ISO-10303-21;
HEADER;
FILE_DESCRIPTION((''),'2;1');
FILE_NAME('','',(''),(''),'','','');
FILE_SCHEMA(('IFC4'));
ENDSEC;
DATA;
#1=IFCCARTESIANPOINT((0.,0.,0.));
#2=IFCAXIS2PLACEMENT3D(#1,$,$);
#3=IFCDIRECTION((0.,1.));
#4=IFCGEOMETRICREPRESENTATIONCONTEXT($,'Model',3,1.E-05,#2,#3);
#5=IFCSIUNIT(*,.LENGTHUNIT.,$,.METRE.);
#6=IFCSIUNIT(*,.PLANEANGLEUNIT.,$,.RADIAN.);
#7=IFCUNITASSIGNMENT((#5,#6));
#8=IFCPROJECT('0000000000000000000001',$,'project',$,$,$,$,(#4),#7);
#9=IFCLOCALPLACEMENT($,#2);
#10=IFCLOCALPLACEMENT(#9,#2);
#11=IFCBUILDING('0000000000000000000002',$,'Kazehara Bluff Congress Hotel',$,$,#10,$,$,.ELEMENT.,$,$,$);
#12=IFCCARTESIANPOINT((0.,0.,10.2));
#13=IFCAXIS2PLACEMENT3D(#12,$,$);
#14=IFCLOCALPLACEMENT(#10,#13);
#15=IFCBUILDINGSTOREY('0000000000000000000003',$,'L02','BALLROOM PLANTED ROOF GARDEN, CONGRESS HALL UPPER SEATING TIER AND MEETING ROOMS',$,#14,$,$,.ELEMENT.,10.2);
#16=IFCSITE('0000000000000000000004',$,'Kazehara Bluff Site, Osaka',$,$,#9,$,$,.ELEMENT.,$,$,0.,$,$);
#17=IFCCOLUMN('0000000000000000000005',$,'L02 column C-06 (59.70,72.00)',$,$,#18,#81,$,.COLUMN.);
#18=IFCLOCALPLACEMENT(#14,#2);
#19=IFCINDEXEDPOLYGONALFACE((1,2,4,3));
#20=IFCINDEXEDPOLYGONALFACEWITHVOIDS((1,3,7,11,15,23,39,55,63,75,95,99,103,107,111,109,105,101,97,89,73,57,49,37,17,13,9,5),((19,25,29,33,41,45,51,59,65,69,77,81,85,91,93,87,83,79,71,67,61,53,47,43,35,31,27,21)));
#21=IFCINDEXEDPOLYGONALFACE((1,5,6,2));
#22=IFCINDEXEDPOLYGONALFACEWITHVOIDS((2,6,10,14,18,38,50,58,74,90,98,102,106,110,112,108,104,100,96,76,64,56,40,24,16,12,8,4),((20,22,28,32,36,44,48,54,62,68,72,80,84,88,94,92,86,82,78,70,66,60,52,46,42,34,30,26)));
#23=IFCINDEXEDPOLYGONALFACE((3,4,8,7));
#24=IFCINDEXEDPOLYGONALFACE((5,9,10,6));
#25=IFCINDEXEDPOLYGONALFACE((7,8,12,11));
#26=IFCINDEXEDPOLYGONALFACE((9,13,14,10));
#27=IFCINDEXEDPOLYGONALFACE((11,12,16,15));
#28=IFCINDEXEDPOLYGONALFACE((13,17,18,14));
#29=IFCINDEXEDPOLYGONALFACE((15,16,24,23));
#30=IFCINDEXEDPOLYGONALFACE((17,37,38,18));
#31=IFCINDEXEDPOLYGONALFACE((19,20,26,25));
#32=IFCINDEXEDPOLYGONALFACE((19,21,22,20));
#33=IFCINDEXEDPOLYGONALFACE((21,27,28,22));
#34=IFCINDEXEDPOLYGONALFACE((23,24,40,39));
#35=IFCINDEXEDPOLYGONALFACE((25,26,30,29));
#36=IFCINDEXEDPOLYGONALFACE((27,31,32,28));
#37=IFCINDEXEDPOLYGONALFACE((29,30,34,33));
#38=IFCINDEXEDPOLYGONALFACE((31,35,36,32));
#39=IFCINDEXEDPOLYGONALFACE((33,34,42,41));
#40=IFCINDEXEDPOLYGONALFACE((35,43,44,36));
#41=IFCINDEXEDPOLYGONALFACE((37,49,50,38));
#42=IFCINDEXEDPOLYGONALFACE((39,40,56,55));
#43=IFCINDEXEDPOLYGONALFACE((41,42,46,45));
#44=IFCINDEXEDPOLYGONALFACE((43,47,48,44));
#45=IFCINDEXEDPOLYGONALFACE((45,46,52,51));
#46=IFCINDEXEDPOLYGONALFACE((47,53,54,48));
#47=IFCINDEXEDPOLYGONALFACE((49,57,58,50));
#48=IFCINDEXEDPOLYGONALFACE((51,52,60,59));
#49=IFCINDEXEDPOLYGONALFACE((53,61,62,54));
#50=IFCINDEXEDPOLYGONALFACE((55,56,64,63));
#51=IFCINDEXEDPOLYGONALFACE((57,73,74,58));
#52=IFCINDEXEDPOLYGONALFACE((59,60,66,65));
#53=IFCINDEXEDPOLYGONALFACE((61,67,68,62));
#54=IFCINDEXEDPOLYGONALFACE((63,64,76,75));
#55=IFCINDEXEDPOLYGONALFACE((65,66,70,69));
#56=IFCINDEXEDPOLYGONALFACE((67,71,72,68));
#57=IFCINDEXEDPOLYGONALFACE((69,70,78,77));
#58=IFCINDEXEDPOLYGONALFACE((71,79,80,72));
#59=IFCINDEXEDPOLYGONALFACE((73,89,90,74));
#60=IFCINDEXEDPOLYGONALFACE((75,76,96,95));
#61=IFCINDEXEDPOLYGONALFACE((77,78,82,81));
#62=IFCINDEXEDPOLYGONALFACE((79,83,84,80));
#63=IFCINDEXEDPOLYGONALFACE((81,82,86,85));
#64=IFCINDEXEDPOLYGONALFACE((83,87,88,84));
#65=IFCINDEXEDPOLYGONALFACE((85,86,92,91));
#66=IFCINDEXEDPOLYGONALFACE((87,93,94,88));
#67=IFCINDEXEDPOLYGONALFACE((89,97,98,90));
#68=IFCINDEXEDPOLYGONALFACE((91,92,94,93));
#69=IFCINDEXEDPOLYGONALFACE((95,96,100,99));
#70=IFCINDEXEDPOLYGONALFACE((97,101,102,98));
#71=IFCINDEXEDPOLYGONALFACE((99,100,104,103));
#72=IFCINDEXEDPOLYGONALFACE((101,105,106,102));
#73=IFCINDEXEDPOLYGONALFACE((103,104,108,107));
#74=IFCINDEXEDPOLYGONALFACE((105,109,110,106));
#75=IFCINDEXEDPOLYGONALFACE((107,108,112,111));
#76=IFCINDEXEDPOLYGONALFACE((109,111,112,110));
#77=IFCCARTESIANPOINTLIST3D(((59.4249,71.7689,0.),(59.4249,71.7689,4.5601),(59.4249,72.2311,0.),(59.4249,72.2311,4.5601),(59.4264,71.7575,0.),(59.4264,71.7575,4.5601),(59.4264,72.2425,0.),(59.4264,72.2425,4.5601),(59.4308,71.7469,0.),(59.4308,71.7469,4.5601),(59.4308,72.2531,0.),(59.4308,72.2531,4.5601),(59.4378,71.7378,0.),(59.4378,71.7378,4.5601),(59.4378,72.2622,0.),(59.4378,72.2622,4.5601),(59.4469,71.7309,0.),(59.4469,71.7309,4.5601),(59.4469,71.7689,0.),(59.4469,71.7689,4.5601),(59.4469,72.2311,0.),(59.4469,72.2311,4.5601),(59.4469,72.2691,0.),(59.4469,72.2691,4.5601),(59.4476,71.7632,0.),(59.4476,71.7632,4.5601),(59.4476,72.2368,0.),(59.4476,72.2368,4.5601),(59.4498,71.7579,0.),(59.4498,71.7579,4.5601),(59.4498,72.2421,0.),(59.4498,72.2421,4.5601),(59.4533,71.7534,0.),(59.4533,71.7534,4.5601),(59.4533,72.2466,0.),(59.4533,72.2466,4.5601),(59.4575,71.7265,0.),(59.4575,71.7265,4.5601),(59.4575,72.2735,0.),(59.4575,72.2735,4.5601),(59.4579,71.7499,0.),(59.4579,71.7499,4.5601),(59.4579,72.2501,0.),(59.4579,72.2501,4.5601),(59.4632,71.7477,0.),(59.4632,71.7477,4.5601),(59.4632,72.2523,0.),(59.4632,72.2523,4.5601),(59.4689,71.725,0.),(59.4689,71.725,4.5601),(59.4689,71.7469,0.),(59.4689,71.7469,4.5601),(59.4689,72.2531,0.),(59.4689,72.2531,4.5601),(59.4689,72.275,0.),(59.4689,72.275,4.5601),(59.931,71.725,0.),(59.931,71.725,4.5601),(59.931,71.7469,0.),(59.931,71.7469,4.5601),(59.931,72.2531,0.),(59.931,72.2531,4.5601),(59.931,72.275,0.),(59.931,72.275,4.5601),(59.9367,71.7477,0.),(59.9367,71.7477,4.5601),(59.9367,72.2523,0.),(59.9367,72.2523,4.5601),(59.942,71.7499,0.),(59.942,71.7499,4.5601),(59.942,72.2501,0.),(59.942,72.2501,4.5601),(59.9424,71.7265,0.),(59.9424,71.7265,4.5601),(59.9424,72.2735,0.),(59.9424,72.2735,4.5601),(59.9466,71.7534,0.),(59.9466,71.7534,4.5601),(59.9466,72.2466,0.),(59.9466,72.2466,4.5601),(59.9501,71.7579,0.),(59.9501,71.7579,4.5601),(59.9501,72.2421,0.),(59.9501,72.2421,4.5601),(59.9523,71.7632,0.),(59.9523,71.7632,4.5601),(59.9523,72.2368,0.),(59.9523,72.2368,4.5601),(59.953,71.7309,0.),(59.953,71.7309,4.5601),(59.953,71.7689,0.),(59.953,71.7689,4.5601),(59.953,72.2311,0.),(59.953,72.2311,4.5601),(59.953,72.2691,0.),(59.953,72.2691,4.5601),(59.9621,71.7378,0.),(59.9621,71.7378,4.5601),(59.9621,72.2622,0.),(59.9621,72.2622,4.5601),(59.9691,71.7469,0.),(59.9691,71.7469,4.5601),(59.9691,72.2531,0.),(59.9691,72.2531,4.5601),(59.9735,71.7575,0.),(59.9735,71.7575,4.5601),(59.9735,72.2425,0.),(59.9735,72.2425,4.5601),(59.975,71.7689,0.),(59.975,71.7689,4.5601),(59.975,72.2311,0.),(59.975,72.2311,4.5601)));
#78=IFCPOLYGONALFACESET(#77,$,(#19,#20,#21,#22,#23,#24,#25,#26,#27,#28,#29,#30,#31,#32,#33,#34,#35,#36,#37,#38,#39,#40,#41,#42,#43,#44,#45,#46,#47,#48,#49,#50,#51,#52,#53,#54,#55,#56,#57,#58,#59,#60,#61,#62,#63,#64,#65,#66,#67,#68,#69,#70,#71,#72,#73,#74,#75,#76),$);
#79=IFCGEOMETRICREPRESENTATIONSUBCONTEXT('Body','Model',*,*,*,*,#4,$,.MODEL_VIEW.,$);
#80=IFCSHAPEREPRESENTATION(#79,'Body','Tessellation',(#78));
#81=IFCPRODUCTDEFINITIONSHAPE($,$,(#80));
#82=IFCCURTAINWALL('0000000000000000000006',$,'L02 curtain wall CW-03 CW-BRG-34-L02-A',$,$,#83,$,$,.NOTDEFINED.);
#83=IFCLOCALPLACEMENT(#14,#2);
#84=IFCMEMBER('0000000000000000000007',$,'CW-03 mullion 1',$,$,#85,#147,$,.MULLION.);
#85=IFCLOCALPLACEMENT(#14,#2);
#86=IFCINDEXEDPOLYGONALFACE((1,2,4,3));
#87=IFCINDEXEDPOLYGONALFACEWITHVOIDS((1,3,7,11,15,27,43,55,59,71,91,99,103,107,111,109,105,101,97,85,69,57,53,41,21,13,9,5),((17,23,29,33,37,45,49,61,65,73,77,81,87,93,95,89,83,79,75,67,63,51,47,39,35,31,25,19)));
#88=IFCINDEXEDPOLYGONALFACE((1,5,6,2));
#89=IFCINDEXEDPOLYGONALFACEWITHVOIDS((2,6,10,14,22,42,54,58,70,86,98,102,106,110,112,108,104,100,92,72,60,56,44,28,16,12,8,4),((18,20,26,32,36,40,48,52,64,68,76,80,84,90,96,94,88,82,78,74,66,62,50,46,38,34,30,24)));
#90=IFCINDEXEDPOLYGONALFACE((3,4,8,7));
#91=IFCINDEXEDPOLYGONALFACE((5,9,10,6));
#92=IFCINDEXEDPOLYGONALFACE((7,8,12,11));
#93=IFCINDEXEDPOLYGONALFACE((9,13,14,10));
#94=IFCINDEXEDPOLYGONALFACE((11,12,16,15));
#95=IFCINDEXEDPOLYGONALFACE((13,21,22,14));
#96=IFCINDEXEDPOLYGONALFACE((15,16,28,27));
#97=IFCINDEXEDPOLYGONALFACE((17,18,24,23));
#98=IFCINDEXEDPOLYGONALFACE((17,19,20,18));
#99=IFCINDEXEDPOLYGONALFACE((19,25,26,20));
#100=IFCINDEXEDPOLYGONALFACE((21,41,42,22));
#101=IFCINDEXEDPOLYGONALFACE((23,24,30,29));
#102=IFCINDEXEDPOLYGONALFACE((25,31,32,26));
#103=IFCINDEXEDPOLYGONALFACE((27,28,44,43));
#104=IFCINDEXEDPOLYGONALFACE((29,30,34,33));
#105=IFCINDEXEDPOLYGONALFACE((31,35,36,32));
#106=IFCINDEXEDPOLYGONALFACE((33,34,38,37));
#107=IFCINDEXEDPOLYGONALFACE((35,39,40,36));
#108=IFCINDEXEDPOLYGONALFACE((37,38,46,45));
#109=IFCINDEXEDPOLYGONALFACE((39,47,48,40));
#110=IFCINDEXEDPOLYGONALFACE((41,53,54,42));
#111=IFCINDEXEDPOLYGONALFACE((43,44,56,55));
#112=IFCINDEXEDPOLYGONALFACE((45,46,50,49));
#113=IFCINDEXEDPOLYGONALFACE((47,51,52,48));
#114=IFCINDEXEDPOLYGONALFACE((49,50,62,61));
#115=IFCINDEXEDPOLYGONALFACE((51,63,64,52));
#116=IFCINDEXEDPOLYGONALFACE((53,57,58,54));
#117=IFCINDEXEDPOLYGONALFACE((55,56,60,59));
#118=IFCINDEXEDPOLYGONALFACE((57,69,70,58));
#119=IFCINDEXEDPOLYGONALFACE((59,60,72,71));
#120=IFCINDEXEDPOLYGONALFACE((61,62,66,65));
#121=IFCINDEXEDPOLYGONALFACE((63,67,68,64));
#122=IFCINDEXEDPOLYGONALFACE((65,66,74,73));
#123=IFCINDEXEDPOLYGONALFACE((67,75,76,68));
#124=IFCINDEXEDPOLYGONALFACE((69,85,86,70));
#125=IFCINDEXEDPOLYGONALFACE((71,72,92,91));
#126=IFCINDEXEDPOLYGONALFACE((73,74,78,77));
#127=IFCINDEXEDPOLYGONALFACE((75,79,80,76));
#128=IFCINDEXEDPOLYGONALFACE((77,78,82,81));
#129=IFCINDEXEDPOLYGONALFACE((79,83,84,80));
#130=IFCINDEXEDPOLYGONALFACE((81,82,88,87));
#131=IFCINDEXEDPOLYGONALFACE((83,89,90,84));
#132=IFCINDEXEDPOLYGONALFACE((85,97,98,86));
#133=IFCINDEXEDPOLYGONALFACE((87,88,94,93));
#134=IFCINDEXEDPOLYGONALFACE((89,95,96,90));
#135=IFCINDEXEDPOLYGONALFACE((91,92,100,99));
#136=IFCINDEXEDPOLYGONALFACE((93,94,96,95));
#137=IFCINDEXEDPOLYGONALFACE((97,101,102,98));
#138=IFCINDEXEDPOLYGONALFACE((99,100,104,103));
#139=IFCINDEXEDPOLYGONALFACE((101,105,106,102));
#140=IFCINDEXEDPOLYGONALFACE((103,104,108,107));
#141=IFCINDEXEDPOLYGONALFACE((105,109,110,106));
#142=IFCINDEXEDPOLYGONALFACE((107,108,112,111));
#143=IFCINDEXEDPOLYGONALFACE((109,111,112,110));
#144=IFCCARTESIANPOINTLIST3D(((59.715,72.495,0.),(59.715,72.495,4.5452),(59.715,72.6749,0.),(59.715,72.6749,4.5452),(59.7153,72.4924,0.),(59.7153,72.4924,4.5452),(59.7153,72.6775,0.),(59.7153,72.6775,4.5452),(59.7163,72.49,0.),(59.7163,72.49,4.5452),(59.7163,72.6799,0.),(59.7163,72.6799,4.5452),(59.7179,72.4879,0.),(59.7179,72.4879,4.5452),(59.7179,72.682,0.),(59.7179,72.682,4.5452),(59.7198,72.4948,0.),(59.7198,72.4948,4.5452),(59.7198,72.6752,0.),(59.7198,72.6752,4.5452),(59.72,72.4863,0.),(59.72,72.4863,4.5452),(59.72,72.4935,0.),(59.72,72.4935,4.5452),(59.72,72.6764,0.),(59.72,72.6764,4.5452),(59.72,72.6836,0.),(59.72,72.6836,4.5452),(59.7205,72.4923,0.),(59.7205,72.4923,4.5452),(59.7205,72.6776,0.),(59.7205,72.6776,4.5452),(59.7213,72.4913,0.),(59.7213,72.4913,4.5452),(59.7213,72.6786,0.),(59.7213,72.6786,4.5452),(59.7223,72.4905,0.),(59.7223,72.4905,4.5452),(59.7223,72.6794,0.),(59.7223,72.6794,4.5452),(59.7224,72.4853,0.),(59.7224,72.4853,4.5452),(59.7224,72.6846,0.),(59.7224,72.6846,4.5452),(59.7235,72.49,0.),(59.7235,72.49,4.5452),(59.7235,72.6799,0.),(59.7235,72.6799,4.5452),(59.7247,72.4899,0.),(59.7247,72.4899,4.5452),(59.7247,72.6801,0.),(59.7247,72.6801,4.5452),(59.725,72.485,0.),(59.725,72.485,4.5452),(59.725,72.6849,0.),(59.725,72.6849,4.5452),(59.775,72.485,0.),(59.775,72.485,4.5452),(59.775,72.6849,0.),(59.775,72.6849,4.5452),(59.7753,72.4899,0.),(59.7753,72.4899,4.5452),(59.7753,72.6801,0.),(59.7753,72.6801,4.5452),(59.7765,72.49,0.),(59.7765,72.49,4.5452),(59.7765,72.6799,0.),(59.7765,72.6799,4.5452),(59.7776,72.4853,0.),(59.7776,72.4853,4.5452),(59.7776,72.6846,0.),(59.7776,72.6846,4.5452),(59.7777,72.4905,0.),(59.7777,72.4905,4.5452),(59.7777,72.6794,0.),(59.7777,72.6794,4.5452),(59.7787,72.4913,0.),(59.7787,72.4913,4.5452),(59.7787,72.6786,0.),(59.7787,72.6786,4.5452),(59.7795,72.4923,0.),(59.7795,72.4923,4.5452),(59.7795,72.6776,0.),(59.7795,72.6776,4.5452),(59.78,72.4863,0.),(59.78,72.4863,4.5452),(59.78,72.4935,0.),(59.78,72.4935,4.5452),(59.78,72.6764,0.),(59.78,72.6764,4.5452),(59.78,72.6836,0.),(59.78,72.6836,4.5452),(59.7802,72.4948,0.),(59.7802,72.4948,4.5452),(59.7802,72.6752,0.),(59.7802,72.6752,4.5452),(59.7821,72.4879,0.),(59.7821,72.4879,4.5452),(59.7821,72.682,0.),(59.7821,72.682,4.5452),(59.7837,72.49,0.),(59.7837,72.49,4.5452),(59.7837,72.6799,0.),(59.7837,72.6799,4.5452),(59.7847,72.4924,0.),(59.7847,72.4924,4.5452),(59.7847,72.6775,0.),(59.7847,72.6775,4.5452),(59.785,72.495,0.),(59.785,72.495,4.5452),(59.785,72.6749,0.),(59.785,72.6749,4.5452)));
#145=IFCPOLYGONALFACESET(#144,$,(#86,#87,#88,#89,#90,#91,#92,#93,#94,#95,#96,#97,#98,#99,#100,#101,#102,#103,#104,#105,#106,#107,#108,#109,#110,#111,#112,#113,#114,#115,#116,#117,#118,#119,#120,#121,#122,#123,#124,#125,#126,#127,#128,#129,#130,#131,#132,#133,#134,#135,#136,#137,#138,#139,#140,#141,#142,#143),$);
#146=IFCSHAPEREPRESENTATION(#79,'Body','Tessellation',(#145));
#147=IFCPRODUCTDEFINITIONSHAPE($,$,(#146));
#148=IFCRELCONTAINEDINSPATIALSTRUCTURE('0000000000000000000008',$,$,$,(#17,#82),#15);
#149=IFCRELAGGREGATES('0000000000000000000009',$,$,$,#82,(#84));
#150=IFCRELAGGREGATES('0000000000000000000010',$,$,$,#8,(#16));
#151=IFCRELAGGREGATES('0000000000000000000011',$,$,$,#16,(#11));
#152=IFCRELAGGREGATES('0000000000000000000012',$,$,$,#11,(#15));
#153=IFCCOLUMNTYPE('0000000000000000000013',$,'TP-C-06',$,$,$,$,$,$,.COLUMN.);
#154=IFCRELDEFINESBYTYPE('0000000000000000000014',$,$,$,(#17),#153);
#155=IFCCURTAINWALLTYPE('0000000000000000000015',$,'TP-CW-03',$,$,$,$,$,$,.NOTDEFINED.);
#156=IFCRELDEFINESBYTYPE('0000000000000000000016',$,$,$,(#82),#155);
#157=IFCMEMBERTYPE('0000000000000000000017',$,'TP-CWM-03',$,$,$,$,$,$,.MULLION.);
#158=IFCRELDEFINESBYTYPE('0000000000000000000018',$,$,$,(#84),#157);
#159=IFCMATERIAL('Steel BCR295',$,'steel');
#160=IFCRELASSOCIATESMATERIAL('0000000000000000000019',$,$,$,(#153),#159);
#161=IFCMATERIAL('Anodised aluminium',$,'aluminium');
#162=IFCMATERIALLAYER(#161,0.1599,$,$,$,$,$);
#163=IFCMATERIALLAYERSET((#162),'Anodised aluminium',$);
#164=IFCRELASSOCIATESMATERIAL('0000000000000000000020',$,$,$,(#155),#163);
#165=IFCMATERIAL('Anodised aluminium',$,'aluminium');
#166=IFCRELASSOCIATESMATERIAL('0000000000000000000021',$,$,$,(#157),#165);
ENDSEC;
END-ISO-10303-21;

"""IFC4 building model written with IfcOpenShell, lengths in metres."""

from ifc_helpers import new_model, si_unit, direction, frame, origin, origin_2d, place, context, subcontext, project, spatial, hollow_rectangle, extrude, material, layer, layer_set, material_profile, profile_set, type_object, element, aggregate, save


model = new_model("IFC4")

# Units and contexts
model_context = context("Model", 3, precision=1e-05, world=origin(), true_north=direction((0.0, 1.0)))
body_context = subcontext(model_context, "Body", "Model", "MODEL_VIEW")
ifc_project = project(units=[si_unit("LENGTHUNIT", "METRE"), si_unit("PLANEANGLEUNIT", "RADIAN")], contexts=[model_context])

# Site, building, storey
site_placement = place(None, origin())
site = spatial("IfcSite", under=ifc_project, at=site_placement, Name="Kazehara Bluff Site, Osaka", CompositionType="ELEMENT", RefElevation=0.0)
building_placement = place(site_placement, origin())
building = spatial("IfcBuilding", under=site, at=building_placement, Name="Kazehara Bluff Congress Hotel", CompositionType="ELEMENT")
storey_placement = place(building_placement, frame((0.0, 0.0, 10.2)))
storey = spatial("IfcBuildingStorey", under=building, at=storey_placement, Name="L02", Description="BALLROOM PLANTED ROOF GARDEN, CONGRESS HALL UPPER SEATING TIER AND MEETING ROOMS", CompositionType="ELEMENT", Elevation=10.2)

# Column
ifc_material_1 = material(Name="Steel BCR295", Category="steel")
ifc_material_profile_1 = material_profile(ifc_material_1, hollow_rectangle(XDim=0.55, YDim=0.55, WallThickness=0.022, InnerFilletRadius=0.022, OuterFilletRadius=0.0439, at=origin_2d()))
ifc_profile_set_1 = profile_set([ifc_material_profile_1], Name="Steel BCR295")
column_type = type_object("IfcColumnType", Name="TP-C-06", PredefinedType="COLUMN", material=ifc_profile_set_1)
for number, where, z_axis, x_axis, name in (
    (1, (59.7, 72.0, 0.0), (0.0, 0.0, 1.0), (1.0, 0.0, 0.0), "L02 column C-06 (59.70,72.00)"),
):
    element("IfcColumn", number, at=place(storey_placement, frame(where, z_axis=z_axis, x_axis=x_axis)), inside=storey, type_object=column_type, Name=name, PredefinedType="COLUMN", context=body_context, shape_type="SweptSolid", body=[
        extrude(hollow_rectangle(XDim=0.55, YDim=0.55, WallThickness=0.022, InnerFilletRadius=0.022, OuterFilletRadius=0.0439, at=origin_2d()), origin(), (0.0, 0.0, 1.0), 4.5601),
    ])

# Curtain wall, member
ifc_material_2 = material(Name="Anodised aluminium", Category="aluminium")
ifc_layer_1 = layer(ifc_material_2, 0.1599)
ifc_layer_set_1 = layer_set([ifc_layer_1], Name="Anodised aluminium")
curtain_wall_type_1 = type_object("IfcCurtainWallType", Name="TP-CW-03", PredefinedType="NOTDEFINED", material=ifc_layer_set_1)
curtain_wall_1_placement = place(storey_placement, origin())
curtain_wall_1 = element("IfcCurtainWall", 2, at=curtain_wall_1_placement, inside=storey, type_object=curtain_wall_type_1, Name="L02 curtain wall CW-03 CW-BRG-34-L02-A", PredefinedType="NOTDEFINED")
ifc_material_3 = material(Name="Anodised aluminium", Category="aluminium")
ifc_material_profile_2 = material_profile(ifc_material_3, hollow_rectangle(XDim=0.0701, YDim=0.2, WallThickness=0.0049, InnerFilletRadius=0.0049, OuterFilletRadius=0.01, at=origin_2d()))
ifc_profile_set_2 = profile_set([ifc_material_profile_2], Name="Anodised aluminium")
member_type_1 = type_object("IfcMemberType", Name="TP-CWM-03", PredefinedType="MULLION", material=ifc_profile_set_2)
member_1_placement = place(storey_placement, frame((59.75, 72.585, 0.0), z_axis=(0.0, 0.0, 1.0), x_axis=(-1.0, 0.0, 0.0)))
member_1 = element("IfcMember", 3, at=member_1_placement, type_object=member_type_1, Name="CW-03 mullion 1", PredefinedType="MULLION", context=body_context, shape_type="SweptSolid", body=[
    extrude(hollow_rectangle(XDim=0.0701, YDim=0.2, WallThickness=0.0049, InnerFilletRadius=0.0049, OuterFilletRadius=0.01, at=origin_2d()), origin(), (0.0, 0.0, 1.0), 4.5452),
])

aggregate(curtain_wall_1, [member_1])

save(model, "model.ifc")
